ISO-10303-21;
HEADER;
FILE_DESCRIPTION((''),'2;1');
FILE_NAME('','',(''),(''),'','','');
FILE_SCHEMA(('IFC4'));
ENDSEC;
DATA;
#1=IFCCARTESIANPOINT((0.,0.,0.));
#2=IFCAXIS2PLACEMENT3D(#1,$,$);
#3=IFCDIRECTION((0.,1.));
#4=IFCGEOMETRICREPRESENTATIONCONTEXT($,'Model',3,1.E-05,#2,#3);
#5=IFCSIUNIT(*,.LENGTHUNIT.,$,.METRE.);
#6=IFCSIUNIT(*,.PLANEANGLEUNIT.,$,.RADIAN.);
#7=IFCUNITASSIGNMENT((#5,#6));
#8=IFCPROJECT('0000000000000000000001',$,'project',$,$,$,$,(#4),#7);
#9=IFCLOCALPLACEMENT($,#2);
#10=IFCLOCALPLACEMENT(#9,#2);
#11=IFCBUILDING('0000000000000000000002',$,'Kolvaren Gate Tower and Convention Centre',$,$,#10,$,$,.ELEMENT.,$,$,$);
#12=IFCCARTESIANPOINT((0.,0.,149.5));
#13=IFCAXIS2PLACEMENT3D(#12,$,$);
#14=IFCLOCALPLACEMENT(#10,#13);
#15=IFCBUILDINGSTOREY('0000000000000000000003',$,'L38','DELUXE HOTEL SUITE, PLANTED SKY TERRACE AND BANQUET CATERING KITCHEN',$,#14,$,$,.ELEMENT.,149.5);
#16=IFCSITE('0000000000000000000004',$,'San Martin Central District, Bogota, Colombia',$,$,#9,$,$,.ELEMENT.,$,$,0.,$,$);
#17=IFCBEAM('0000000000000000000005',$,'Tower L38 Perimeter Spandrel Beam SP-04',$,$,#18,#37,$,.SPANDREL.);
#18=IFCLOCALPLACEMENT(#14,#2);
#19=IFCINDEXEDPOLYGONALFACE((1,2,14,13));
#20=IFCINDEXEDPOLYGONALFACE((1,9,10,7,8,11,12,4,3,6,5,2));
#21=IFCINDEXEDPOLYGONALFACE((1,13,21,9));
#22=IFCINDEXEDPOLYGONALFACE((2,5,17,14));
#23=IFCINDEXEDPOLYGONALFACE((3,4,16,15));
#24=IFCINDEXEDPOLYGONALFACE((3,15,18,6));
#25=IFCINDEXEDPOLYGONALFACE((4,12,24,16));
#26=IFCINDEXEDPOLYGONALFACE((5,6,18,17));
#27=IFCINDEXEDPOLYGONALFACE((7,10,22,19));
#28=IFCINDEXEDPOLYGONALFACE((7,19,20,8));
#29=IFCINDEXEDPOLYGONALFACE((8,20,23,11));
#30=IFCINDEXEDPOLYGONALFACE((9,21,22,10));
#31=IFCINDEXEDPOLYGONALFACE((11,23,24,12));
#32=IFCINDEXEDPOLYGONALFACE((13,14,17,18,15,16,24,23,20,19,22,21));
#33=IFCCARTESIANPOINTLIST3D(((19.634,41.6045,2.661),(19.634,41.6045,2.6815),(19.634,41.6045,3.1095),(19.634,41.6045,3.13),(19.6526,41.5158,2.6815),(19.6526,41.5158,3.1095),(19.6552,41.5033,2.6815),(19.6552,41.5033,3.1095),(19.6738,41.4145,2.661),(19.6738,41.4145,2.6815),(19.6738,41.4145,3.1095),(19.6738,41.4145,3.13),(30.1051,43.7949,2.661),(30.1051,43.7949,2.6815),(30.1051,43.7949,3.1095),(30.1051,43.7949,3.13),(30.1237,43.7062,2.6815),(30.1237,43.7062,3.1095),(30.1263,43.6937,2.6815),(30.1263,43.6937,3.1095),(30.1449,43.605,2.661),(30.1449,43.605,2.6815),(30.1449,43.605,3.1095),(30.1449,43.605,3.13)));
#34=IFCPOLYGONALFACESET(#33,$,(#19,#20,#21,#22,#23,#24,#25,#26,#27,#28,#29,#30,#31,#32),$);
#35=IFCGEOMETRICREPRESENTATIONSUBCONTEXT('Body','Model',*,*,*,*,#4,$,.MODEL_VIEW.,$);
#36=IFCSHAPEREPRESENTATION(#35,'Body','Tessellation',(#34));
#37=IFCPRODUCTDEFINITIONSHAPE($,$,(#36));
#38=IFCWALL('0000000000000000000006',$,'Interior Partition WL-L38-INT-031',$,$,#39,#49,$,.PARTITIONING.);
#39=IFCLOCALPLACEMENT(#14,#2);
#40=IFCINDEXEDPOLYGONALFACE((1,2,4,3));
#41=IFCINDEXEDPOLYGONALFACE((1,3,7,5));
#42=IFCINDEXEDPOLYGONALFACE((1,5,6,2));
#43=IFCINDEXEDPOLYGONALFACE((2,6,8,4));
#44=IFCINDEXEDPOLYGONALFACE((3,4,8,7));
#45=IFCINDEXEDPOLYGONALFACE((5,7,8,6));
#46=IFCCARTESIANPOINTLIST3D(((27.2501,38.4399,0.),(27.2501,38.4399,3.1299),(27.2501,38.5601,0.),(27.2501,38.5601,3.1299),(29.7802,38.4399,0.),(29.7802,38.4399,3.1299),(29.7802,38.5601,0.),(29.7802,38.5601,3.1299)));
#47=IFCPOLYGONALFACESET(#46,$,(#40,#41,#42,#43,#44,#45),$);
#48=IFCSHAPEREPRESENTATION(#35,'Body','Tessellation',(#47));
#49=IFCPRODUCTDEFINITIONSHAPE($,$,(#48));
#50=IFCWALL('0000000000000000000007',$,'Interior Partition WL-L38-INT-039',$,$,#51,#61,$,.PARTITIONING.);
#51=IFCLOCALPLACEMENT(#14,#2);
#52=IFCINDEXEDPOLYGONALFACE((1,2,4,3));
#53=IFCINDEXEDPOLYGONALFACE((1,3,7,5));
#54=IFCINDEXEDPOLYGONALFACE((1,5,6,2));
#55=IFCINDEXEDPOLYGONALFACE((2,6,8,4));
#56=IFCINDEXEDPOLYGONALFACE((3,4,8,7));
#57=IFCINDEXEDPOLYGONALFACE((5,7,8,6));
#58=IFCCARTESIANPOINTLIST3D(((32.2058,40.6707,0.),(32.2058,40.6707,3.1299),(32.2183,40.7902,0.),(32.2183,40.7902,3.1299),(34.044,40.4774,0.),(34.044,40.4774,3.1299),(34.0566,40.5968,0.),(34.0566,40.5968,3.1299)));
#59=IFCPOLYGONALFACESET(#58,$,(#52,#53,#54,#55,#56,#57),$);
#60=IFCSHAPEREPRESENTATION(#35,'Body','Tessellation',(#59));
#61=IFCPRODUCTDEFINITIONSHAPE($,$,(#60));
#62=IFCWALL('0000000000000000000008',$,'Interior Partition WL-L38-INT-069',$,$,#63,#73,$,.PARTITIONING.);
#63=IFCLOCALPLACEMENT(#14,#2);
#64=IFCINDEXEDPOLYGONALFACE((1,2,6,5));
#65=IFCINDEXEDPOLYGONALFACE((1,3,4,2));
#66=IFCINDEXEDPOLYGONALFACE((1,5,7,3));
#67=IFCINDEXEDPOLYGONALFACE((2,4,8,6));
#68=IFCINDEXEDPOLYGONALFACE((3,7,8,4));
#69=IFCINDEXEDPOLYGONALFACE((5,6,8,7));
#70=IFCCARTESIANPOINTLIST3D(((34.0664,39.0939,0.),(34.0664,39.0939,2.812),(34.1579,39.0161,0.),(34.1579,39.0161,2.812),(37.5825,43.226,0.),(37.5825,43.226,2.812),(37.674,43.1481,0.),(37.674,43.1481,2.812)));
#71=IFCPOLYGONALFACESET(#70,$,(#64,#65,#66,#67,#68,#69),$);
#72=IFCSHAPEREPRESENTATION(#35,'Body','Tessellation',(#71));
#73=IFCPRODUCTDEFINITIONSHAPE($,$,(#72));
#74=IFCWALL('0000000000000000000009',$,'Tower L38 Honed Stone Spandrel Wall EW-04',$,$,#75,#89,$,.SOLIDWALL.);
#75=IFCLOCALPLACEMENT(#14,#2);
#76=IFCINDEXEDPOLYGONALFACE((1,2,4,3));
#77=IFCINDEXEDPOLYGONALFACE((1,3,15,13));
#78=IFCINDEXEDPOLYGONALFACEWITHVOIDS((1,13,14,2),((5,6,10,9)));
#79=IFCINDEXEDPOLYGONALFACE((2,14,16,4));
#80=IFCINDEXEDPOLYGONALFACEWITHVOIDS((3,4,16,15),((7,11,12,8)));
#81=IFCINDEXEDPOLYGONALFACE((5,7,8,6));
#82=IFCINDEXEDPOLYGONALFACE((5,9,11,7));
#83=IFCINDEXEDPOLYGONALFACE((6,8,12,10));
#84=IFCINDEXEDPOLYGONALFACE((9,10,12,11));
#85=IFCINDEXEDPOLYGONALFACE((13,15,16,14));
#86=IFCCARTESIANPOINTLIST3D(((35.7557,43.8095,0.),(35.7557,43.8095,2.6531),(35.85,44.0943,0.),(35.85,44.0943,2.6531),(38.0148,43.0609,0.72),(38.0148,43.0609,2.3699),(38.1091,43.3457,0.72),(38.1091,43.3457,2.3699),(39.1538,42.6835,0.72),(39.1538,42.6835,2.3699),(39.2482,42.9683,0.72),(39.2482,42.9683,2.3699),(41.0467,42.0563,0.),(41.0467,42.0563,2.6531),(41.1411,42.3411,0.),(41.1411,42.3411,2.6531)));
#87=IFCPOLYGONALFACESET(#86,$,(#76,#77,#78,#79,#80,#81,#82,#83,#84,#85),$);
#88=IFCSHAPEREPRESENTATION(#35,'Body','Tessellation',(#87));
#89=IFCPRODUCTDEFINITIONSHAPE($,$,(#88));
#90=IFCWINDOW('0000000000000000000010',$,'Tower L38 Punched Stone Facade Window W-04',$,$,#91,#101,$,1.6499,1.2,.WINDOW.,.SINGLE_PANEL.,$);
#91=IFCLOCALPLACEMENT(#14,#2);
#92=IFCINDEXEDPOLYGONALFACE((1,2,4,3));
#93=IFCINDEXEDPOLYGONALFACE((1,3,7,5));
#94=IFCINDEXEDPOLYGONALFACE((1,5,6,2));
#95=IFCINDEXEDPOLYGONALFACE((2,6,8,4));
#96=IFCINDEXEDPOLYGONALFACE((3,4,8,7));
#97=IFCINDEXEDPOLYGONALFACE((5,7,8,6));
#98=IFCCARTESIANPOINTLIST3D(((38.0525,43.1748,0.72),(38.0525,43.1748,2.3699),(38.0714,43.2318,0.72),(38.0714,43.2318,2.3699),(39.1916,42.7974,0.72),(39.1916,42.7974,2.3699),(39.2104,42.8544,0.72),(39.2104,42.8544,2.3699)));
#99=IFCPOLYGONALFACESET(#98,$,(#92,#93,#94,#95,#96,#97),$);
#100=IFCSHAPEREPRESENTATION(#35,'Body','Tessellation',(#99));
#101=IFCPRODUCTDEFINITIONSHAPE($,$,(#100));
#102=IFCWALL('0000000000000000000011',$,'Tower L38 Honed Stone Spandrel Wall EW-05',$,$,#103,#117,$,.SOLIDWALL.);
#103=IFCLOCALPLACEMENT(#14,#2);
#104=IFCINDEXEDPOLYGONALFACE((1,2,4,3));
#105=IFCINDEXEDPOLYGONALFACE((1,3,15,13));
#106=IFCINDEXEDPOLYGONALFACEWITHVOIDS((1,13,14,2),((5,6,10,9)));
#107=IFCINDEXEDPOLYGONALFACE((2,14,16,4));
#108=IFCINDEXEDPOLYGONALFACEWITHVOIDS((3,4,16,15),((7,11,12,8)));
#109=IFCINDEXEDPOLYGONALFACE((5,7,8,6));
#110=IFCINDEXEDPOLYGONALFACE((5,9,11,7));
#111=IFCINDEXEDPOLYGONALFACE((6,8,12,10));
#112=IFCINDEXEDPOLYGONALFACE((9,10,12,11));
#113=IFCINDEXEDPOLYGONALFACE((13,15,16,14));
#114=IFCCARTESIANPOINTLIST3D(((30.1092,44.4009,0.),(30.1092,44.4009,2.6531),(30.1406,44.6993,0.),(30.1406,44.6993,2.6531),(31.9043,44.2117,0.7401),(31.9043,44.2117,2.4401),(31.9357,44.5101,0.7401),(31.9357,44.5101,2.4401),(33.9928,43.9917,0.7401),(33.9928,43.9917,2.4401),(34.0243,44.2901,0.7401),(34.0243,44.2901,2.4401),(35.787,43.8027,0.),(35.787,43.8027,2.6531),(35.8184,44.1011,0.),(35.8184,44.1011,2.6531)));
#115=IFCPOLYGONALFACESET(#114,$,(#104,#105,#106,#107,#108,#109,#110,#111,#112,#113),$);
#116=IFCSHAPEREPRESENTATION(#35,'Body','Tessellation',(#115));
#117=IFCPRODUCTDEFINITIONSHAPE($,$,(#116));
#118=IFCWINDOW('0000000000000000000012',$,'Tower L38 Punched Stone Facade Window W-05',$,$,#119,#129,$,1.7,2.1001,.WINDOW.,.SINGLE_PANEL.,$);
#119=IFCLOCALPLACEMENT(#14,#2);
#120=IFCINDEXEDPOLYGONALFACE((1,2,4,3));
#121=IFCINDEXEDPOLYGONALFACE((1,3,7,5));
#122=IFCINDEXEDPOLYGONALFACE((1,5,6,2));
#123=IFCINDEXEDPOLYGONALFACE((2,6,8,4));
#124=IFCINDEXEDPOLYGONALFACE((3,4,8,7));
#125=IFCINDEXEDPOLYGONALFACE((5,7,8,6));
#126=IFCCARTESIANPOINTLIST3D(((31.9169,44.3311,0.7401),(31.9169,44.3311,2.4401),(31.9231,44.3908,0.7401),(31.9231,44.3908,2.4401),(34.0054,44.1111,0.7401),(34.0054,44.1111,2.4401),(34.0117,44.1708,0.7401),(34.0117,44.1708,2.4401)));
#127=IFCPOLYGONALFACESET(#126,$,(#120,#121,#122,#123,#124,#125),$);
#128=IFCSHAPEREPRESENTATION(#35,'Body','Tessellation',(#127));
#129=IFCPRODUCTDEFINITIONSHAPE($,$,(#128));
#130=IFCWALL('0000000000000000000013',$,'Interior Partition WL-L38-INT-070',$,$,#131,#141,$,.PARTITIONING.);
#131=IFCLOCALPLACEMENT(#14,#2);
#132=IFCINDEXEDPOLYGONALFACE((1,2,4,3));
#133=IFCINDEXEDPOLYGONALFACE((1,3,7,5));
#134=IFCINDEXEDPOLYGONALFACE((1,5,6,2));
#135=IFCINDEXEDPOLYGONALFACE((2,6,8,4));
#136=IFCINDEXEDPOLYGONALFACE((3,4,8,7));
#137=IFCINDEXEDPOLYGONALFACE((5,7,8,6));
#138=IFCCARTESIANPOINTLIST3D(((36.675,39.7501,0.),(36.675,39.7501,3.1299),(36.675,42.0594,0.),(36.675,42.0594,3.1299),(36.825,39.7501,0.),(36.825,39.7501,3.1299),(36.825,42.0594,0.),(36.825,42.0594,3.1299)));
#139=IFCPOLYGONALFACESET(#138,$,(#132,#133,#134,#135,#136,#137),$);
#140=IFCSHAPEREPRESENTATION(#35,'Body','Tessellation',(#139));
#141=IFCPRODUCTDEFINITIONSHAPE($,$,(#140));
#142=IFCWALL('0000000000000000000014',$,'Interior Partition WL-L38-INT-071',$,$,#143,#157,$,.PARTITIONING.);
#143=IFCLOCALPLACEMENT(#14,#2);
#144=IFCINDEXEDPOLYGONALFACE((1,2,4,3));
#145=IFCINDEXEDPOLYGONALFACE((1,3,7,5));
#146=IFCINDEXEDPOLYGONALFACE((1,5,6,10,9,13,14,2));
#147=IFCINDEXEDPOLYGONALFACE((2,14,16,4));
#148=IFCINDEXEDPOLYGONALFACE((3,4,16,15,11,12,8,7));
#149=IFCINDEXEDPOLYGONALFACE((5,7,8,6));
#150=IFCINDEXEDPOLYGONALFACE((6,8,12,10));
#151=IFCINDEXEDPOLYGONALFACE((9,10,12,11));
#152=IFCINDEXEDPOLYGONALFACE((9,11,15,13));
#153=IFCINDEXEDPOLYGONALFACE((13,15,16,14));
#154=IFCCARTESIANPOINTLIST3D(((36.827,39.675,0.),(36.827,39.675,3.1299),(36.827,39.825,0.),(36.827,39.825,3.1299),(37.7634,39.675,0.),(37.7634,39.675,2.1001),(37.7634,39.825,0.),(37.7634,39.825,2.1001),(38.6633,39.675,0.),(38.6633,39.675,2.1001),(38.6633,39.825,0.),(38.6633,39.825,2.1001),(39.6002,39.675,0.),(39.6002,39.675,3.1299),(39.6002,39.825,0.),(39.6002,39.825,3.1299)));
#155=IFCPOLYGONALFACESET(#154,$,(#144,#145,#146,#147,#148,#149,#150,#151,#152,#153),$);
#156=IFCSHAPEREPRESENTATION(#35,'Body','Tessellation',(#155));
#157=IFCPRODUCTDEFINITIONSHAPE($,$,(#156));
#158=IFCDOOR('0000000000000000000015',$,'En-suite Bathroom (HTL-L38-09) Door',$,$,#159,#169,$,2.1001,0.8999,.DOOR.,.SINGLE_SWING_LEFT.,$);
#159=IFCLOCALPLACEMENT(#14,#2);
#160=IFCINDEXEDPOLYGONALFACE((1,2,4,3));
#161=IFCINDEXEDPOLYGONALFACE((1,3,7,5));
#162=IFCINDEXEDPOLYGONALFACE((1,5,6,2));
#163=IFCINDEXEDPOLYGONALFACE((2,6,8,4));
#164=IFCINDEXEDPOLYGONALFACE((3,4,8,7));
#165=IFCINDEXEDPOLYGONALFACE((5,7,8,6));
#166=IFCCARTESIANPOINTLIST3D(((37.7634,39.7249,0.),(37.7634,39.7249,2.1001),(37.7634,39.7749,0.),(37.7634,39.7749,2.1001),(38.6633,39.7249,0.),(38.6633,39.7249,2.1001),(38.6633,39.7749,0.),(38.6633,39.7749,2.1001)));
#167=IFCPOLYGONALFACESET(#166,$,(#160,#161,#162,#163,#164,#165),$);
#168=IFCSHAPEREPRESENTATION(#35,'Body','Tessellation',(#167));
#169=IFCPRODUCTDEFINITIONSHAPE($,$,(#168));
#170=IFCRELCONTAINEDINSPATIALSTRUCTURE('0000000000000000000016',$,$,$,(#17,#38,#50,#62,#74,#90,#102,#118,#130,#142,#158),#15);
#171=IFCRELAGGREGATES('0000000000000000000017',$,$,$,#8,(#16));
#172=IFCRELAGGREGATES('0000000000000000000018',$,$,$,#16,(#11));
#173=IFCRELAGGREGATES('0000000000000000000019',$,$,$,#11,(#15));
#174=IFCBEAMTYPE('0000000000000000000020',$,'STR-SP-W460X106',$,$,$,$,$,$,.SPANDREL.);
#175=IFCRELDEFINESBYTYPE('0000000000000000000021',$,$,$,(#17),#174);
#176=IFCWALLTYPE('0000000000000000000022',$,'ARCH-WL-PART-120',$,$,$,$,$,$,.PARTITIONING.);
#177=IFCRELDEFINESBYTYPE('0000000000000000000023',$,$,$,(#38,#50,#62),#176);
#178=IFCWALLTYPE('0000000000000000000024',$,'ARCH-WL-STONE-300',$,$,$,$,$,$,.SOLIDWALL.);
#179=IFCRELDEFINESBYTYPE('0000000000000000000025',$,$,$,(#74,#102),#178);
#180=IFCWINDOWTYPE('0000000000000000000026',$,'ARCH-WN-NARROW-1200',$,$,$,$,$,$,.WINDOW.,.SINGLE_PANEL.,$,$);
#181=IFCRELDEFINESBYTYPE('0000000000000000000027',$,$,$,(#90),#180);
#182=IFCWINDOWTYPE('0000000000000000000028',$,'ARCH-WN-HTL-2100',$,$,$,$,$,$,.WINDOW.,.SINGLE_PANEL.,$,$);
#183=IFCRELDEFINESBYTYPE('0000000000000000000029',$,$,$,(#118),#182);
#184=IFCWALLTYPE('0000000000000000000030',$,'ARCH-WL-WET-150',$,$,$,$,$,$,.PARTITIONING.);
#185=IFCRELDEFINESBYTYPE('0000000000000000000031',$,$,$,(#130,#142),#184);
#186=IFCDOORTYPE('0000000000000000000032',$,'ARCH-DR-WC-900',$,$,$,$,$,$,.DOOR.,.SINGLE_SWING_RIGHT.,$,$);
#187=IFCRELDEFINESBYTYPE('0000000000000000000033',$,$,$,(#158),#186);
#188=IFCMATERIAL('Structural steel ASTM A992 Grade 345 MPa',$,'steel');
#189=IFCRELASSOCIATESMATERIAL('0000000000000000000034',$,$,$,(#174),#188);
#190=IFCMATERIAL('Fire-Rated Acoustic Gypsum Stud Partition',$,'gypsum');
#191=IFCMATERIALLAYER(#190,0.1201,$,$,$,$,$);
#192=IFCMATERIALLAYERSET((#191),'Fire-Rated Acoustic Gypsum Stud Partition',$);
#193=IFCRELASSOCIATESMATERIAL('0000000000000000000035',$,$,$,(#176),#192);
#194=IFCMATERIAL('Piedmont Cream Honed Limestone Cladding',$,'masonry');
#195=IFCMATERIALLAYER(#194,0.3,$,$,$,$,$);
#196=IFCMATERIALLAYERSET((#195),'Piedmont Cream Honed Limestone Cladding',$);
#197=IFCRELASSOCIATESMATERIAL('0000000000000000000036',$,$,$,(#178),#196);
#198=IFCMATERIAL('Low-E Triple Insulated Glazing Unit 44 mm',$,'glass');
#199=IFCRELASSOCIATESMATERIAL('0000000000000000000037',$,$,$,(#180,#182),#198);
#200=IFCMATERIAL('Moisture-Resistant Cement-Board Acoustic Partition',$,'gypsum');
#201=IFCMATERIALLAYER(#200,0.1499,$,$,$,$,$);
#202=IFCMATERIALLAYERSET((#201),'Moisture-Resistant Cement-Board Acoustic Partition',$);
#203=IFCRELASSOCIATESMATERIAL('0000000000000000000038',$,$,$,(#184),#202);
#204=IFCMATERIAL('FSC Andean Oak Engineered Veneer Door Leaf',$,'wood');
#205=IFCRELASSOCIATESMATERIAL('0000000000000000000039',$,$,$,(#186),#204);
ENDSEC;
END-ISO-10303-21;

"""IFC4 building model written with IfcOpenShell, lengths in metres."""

from ifc_helpers import new_model, si_unit, direction, frame, frame_2d, origin, origin_2d, place, context, subcontext, project, spatial, rectangle, i_section, extrude, material, layer, layer_set, material_profile, profile_set, type_object, element, fill, save


model = new_model("IFC4")

# Units and contexts
model_context = context("Model", 3, precision=1e-05, world=origin(), true_north=direction((0.0, 1.0)))
body_context = subcontext(model_context, "Body", "Model", "MODEL_VIEW")
ifc_project = project(units=[si_unit("LENGTHUNIT", "METRE"), si_unit("PLANEANGLEUNIT", "RADIAN")], contexts=[model_context])

# Site, building, storey
site_placement = place(None, origin())
site = spatial("IfcSite", under=ifc_project, at=site_placement, Name="San Martin Central District, Bogota, Colombia", CompositionType="ELEMENT", RefElevation=0.0)
building_placement = place(site_placement, origin())
building = spatial("IfcBuilding", under=site, at=building_placement, Name="Kolvaren Gate Tower and Convention Centre", CompositionType="ELEMENT")
storey_placement = place(building_placement, frame((0.0, 0.0, 149.5)))
storey = spatial("IfcBuildingStorey", under=building, at=storey_placement, Name="L38", Description="DELUXE HOTEL SUITE, PLANTED SKY TERRACE AND BANQUET CATERING KITCHEN", CompositionType="ELEMENT", Elevation=149.5)

# Beam
ifc_material_1 = material(Name="Structural steel ASTM A992 Grade 345 MPa", Category="steel")
ifc_material_profile_1 = material_profile(ifc_material_1, i_section(OverallWidth=0.1941, OverallDepth=0.469, WebThickness=0.0127, FlangeThickness=0.0205, at=origin_2d()), Name="W460X106")
ifc_profile_set_1 = profile_set([ifc_material_profile_1], Name="Structural steel ASTM A992 Grade 345 MPa")
beam_type_1 = type_object("IfcBeamType", Name="STR-SP-W460X106", PredefinedType="SPANDREL", material=ifc_profile_set_1)
beam_1_placement = place(storey_placement, frame((30.125, 43.7, 2.8955), z_axis=(-0.978813, -0.204754, 0.0), x_axis=(0.204754, -0.978813, 0.0)))
element("IfcBeam", 1, at=beam_1_placement, inside=storey, type_object=beam_type_1, Name="Tower L38 Perimeter Spandrel Beam SP-04", PredefinedType="SPANDREL", context=body_context, shape_type="SweptSolid", body=[
    extrude(i_section(OverallWidth=0.1941, OverallDepth=0.469, WebThickness=0.0127, FlangeThickness=0.0205, at=origin_2d()), origin(), (0.0, 0.0, 1.0), 10.6978),
])

# Walls
ifc_material_2 = material(Name="Fire-Rated Acoustic Gypsum Stud Partition", Category="gypsum")
ifc_layer_1 = layer(ifc_material_2, 0.1201)
ifc_layer_set_1 = layer_set([ifc_layer_1], Name="Fire-Rated Acoustic Gypsum Stud Partition")
wall_type_1 = type_object("IfcWallType", Name="ARCH-WL-PART-120", PredefinedType="PARTITIONING", material=ifc_layer_set_1)
wall_1_placement = place(storey_placement, frame((27.25, 38.5, 0.0), z_axis=(0.0, 0.0, 1.0), x_axis=(1.0, 0.0, 0.0)))
element("IfcWall", 2, at=wall_1_placement, inside=storey, type_object=wall_type_1, Name="Interior Partition WL-L38-INT-031", PredefinedType="PARTITIONING", context=body_context, shape_type="SweptSolid", body=[
    extrude(rectangle(XDim=2.53, YDim=0.1201, at=frame_2d((1.2651, 0.0))), origin(), (0.0, 0.0, 1.0), 3.1299),
])
wall_2_placement = place(storey_placement, frame((32.2119, 40.7305, 0.0), z_axis=(0.0, 0.0, 1.0), x_axis=(0.994513, -0.104616, 0.0)))
element("IfcWall", 3, at=wall_2_placement, inside=storey, type_object=wall_type_1, Name="Interior Partition WL-L38-INT-039", PredefinedType="PARTITIONING", context=body_context, shape_type="SweptSolid", body=[
    extrude(rectangle(XDim=1.8484, YDim=0.1201, at=frame_2d((0.9243, 0.0))), origin(), (0.0, 0.0, 1.0), 3.1299),
])
wall_3_placement = place(storey_placement, frame((34.1121, 39.0549, 0.0), z_axis=(0.0, 0.0, 1.0), x_axis=(0.64806, 0.761589, 0.0)))
element("IfcWall", 4, at=wall_3_placement, inside=storey, type_object=wall_type_1, Name="Interior Partition WL-L38-INT-069", PredefinedType="PARTITIONING", context=body_context, shape_type="SweptSolid", body=[
    extrude(rectangle(XDim=5.4255, YDim=0.1201, at=frame_2d((2.7129, 0.0))), origin(), (0.0, 0.0, 1.0), 2.812),
])

# Walls, openings, windows
ifc_material_3 = material(Name="Piedmont Cream Honed Limestone Cladding", Category="masonry")
ifc_layer_2 = layer(ifc_material_3, 0.3)
ifc_layer_set_2 = layer_set([ifc_layer_2], Name="Piedmont Cream Honed Limestone Cladding")
wall_type_2 = type_object("IfcWallType", Name="ARCH-WL-STONE-300", PredefinedType="SOLIDWALL", material=ifc_layer_set_2)
wall_4_placement = place(storey_placement, frame((35.8027, 43.9519, 0.0), z_axis=(0.0, 0.0, 1.0), x_axis=(0.949247, -0.314532, 0.0)))
wall_4 = element("IfcWall", 5, at=wall_4_placement, inside=storey, type_object=wall_type_2, Name="Tower L38 Honed Stone Spandrel Wall EW-04", PredefinedType="SOLIDWALL", context=body_context, shape_type="SweptSolid", body=[
    extrude(rectangle(XDim=5.574, YDim=0.3, at=frame_2d((2.7871, 0.0))), origin(), (0.0, 0.0, 1.0), 2.6531),
])
opening_1_placement = place(wall_4_placement, frame((2.3799, 0.0, 0.72)))
opening_1 = element("IfcOpeningElement", 6, at=opening_1_placement, cuts=wall_4, PredefinedType="OPENING", context=body_context, shape_type="SweptSolid", body=[
    extrude(rectangle(XDim=1.2, YDim=1.6499, at=frame_2d((0.6001, 0.825))), frame((0.0, 0.1599, 0.0), z_axis=(0.0, -1.0, 0.0), x_axis=(1.0, 0.0, 0.0)), (0.0, 0.0, 1.0), 0.3201),
])
ifc_material_4 = material(Name="Low-E Triple Insulated Glazing Unit 44 mm", Category="glass")
window_type_1 = type_object("IfcWindowType", Name="ARCH-WN-NARROW-1200", PartitioningType="SINGLE_PANEL", PredefinedType="WINDOW", material=ifc_material_4)
window_1_placement = place(opening_1_placement, origin())
window_1 = element("IfcWindow", 7, at=window_1_placement, inside=storey, type_object=window_type_1, Name="Tower L38 Punched Stone Facade Window W-04", OverallHeight=1.6499, OverallWidth=1.2, PartitioningType="SINGLE_PANEL", PredefinedType="WINDOW", context=body_context, shape_type="SweptSolid", body=[
    extrude(rectangle(XDim=1.2, YDim=1.6499, at=frame_2d((0.6001, 0.825))), frame((0.0, 0.03, 0.0), z_axis=(0.0, -1.0, 0.0), x_axis=(1.0, 0.0, 0.0)), (0.0, 0.0, 1.0), 0.0601),
])
fill(opening_1, window_1)
wall_5_placement = place(storey_placement, frame((30.125, 44.55, 0.0), z_axis=(0.0, 0.0, 1.0), x_axis=(0.994497, -0.104769, 0.0)))
wall_5 = element("IfcWall", 8, at=wall_5_placement, inside=storey, type_object=wall_type_2, Name="Tower L38 Honed Stone Spandrel Wall EW-05", PredefinedType="SOLIDWALL", context=body_context, shape_type="SweptSolid", body=[
    extrude(rectangle(XDim=5.7092, YDim=0.3, at=frame_2d((2.8545, 0.0))), origin(), (0.0, 0.0, 1.0), 2.6531),
])
opening_2_placement = place(wall_5_placement, frame((1.8049, 0.0, 0.74)))
opening_2 = element("IfcOpeningElement", 9, at=opening_2_placement, cuts=wall_5, PredefinedType="OPENING", context=body_context, shape_type="SweptSolid", body=[
    extrude(rectangle(XDim=2.1001, YDim=1.7, at=frame_2d((1.05, 0.8501))), frame((0.0, 0.1599, 0.0), z_axis=(0.0, -1.0, 0.0), x_axis=(1.0, 0.0, 0.0)), (0.0, 0.0, 1.0), 0.3201),
])
window_type_2 = type_object("IfcWindowType", Name="ARCH-WN-HTL-2100", PartitioningType="SINGLE_PANEL", PredefinedType="WINDOW", material=ifc_material_4)
window_2_placement = place(opening_2_placement, origin())
window_2 = element("IfcWindow", 10, at=window_2_placement, inside=storey, type_object=window_type_2, Name="Tower L38 Punched Stone Facade Window W-05", OverallHeight=1.7, OverallWidth=2.1001, PartitioningType="SINGLE_PANEL", PredefinedType="WINDOW", context=body_context, shape_type="SweptSolid", body=[
    extrude(rectangle(XDim=2.1001, YDim=1.7, at=frame_2d((1.05, 0.8501))), frame((0.0, 0.03, 0.0), z_axis=(0.0, -1.0, 0.0), x_axis=(1.0, 0.0, 0.0)), (0.0, 0.0, 1.0), 0.0601),
])
fill(opening_2, window_2)

# Wall
ifc_material_5 = material(Name="Moisture-Resistant Cement-Board Acoustic Partition", Category="gypsum")
ifc_layer_3 = layer(ifc_material_5, 0.1499)
ifc_layer_set_3 = layer_set([ifc_layer_3], Name="Moisture-Resistant Cement-Board Acoustic Partition")
wall_type_3 = type_object("IfcWallType", Name="ARCH-WL-WET-150", PredefinedType="PARTITIONING", material=ifc_layer_set_3)
wall_6_placement = place(storey_placement, frame((36.75, 39.75, 0.0), z_axis=(0.0, 0.0, 1.0), x_axis=(0.0, 1.0, 0.0)))
element("IfcWall", 11, at=wall_6_placement, inside=storey, type_object=wall_type_3, Name="Interior Partition WL-L38-INT-070", PredefinedType="PARTITIONING", context=body_context, shape_type="SweptSolid", body=[
    extrude(rectangle(XDim=2.3093, YDim=0.1499, at=frame_2d((1.1548, 0.0))), origin(), (0.0, 0.0, 1.0), 3.1299),
])

# Wall, opening, door
wall_7_placement = place(storey_placement, frame((36.8269, 39.75, 0.0), z_axis=(0.0, 0.0, 1.0), x_axis=(1.0, 0.0, 0.0)))
wall_7 = element("IfcWall", 12, at=wall_7_placement, inside=storey, type_object=wall_type_3, Name="Interior Partition WL-L38-INT-071", PredefinedType="PARTITIONING", context=body_context, shape_type="SweptSolid", body=[
    extrude(rectangle(XDim=2.7732, YDim=0.1499, at=frame_2d((1.3867, 0.0))), origin(), (0.0, 0.0, 1.0), 3.1299),
])
opening_3_placement = place(wall_7_placement, frame((0.9365, 0.0, 0.0)))
opening_3 = element("IfcOpeningElement", 13, at=opening_3_placement, cuts=wall_7, PredefinedType="OPENING", context=body_context, shape_type="SweptSolid", body=[
    extrude(rectangle(XDim=0.8999, YDim=2.1001, at=frame_2d((0.45, 1.05))), frame((0.0, 0.085, 0.0), z_axis=(0.0, -1.0, 0.0), x_axis=(1.0, 0.0, 0.0)), (0.0, 0.0, 1.0), 0.1699),
])
ifc_material_6 = material(Name="FSC Andean Oak Engineered Veneer Door Leaf", Category="wood")
door_type = type_object("IfcDoorType", Name="ARCH-DR-WC-900", OperationType="SINGLE_SWING_RIGHT", PredefinedType="DOOR", material=ifc_material_6)
door_placement = place(opening_3_placement, origin())
door = element("IfcDoor", 14, at=door_placement, inside=storey, type_object=door_type, Name="En-suite Bathroom (HTL-L38-09) Door", OperationType="SINGLE_SWING_LEFT", OverallHeight=2.1001, OverallWidth=0.8999, PredefinedType="DOOR", context=body_context, shape_type="SweptSolid", body=[
    extrude(rectangle(XDim=0.8999, YDim=2.1001, at=frame_2d((0.45, 1.05))), frame((0.0, 0.0249, 0.0), z_axis=(0.0, -1.0, 0.0), x_axis=(1.0, 0.0, 0.0)), (0.0, 0.0, 1.0), 0.05),
])
fill(opening_3, door)

save(model, "model.ifc")
